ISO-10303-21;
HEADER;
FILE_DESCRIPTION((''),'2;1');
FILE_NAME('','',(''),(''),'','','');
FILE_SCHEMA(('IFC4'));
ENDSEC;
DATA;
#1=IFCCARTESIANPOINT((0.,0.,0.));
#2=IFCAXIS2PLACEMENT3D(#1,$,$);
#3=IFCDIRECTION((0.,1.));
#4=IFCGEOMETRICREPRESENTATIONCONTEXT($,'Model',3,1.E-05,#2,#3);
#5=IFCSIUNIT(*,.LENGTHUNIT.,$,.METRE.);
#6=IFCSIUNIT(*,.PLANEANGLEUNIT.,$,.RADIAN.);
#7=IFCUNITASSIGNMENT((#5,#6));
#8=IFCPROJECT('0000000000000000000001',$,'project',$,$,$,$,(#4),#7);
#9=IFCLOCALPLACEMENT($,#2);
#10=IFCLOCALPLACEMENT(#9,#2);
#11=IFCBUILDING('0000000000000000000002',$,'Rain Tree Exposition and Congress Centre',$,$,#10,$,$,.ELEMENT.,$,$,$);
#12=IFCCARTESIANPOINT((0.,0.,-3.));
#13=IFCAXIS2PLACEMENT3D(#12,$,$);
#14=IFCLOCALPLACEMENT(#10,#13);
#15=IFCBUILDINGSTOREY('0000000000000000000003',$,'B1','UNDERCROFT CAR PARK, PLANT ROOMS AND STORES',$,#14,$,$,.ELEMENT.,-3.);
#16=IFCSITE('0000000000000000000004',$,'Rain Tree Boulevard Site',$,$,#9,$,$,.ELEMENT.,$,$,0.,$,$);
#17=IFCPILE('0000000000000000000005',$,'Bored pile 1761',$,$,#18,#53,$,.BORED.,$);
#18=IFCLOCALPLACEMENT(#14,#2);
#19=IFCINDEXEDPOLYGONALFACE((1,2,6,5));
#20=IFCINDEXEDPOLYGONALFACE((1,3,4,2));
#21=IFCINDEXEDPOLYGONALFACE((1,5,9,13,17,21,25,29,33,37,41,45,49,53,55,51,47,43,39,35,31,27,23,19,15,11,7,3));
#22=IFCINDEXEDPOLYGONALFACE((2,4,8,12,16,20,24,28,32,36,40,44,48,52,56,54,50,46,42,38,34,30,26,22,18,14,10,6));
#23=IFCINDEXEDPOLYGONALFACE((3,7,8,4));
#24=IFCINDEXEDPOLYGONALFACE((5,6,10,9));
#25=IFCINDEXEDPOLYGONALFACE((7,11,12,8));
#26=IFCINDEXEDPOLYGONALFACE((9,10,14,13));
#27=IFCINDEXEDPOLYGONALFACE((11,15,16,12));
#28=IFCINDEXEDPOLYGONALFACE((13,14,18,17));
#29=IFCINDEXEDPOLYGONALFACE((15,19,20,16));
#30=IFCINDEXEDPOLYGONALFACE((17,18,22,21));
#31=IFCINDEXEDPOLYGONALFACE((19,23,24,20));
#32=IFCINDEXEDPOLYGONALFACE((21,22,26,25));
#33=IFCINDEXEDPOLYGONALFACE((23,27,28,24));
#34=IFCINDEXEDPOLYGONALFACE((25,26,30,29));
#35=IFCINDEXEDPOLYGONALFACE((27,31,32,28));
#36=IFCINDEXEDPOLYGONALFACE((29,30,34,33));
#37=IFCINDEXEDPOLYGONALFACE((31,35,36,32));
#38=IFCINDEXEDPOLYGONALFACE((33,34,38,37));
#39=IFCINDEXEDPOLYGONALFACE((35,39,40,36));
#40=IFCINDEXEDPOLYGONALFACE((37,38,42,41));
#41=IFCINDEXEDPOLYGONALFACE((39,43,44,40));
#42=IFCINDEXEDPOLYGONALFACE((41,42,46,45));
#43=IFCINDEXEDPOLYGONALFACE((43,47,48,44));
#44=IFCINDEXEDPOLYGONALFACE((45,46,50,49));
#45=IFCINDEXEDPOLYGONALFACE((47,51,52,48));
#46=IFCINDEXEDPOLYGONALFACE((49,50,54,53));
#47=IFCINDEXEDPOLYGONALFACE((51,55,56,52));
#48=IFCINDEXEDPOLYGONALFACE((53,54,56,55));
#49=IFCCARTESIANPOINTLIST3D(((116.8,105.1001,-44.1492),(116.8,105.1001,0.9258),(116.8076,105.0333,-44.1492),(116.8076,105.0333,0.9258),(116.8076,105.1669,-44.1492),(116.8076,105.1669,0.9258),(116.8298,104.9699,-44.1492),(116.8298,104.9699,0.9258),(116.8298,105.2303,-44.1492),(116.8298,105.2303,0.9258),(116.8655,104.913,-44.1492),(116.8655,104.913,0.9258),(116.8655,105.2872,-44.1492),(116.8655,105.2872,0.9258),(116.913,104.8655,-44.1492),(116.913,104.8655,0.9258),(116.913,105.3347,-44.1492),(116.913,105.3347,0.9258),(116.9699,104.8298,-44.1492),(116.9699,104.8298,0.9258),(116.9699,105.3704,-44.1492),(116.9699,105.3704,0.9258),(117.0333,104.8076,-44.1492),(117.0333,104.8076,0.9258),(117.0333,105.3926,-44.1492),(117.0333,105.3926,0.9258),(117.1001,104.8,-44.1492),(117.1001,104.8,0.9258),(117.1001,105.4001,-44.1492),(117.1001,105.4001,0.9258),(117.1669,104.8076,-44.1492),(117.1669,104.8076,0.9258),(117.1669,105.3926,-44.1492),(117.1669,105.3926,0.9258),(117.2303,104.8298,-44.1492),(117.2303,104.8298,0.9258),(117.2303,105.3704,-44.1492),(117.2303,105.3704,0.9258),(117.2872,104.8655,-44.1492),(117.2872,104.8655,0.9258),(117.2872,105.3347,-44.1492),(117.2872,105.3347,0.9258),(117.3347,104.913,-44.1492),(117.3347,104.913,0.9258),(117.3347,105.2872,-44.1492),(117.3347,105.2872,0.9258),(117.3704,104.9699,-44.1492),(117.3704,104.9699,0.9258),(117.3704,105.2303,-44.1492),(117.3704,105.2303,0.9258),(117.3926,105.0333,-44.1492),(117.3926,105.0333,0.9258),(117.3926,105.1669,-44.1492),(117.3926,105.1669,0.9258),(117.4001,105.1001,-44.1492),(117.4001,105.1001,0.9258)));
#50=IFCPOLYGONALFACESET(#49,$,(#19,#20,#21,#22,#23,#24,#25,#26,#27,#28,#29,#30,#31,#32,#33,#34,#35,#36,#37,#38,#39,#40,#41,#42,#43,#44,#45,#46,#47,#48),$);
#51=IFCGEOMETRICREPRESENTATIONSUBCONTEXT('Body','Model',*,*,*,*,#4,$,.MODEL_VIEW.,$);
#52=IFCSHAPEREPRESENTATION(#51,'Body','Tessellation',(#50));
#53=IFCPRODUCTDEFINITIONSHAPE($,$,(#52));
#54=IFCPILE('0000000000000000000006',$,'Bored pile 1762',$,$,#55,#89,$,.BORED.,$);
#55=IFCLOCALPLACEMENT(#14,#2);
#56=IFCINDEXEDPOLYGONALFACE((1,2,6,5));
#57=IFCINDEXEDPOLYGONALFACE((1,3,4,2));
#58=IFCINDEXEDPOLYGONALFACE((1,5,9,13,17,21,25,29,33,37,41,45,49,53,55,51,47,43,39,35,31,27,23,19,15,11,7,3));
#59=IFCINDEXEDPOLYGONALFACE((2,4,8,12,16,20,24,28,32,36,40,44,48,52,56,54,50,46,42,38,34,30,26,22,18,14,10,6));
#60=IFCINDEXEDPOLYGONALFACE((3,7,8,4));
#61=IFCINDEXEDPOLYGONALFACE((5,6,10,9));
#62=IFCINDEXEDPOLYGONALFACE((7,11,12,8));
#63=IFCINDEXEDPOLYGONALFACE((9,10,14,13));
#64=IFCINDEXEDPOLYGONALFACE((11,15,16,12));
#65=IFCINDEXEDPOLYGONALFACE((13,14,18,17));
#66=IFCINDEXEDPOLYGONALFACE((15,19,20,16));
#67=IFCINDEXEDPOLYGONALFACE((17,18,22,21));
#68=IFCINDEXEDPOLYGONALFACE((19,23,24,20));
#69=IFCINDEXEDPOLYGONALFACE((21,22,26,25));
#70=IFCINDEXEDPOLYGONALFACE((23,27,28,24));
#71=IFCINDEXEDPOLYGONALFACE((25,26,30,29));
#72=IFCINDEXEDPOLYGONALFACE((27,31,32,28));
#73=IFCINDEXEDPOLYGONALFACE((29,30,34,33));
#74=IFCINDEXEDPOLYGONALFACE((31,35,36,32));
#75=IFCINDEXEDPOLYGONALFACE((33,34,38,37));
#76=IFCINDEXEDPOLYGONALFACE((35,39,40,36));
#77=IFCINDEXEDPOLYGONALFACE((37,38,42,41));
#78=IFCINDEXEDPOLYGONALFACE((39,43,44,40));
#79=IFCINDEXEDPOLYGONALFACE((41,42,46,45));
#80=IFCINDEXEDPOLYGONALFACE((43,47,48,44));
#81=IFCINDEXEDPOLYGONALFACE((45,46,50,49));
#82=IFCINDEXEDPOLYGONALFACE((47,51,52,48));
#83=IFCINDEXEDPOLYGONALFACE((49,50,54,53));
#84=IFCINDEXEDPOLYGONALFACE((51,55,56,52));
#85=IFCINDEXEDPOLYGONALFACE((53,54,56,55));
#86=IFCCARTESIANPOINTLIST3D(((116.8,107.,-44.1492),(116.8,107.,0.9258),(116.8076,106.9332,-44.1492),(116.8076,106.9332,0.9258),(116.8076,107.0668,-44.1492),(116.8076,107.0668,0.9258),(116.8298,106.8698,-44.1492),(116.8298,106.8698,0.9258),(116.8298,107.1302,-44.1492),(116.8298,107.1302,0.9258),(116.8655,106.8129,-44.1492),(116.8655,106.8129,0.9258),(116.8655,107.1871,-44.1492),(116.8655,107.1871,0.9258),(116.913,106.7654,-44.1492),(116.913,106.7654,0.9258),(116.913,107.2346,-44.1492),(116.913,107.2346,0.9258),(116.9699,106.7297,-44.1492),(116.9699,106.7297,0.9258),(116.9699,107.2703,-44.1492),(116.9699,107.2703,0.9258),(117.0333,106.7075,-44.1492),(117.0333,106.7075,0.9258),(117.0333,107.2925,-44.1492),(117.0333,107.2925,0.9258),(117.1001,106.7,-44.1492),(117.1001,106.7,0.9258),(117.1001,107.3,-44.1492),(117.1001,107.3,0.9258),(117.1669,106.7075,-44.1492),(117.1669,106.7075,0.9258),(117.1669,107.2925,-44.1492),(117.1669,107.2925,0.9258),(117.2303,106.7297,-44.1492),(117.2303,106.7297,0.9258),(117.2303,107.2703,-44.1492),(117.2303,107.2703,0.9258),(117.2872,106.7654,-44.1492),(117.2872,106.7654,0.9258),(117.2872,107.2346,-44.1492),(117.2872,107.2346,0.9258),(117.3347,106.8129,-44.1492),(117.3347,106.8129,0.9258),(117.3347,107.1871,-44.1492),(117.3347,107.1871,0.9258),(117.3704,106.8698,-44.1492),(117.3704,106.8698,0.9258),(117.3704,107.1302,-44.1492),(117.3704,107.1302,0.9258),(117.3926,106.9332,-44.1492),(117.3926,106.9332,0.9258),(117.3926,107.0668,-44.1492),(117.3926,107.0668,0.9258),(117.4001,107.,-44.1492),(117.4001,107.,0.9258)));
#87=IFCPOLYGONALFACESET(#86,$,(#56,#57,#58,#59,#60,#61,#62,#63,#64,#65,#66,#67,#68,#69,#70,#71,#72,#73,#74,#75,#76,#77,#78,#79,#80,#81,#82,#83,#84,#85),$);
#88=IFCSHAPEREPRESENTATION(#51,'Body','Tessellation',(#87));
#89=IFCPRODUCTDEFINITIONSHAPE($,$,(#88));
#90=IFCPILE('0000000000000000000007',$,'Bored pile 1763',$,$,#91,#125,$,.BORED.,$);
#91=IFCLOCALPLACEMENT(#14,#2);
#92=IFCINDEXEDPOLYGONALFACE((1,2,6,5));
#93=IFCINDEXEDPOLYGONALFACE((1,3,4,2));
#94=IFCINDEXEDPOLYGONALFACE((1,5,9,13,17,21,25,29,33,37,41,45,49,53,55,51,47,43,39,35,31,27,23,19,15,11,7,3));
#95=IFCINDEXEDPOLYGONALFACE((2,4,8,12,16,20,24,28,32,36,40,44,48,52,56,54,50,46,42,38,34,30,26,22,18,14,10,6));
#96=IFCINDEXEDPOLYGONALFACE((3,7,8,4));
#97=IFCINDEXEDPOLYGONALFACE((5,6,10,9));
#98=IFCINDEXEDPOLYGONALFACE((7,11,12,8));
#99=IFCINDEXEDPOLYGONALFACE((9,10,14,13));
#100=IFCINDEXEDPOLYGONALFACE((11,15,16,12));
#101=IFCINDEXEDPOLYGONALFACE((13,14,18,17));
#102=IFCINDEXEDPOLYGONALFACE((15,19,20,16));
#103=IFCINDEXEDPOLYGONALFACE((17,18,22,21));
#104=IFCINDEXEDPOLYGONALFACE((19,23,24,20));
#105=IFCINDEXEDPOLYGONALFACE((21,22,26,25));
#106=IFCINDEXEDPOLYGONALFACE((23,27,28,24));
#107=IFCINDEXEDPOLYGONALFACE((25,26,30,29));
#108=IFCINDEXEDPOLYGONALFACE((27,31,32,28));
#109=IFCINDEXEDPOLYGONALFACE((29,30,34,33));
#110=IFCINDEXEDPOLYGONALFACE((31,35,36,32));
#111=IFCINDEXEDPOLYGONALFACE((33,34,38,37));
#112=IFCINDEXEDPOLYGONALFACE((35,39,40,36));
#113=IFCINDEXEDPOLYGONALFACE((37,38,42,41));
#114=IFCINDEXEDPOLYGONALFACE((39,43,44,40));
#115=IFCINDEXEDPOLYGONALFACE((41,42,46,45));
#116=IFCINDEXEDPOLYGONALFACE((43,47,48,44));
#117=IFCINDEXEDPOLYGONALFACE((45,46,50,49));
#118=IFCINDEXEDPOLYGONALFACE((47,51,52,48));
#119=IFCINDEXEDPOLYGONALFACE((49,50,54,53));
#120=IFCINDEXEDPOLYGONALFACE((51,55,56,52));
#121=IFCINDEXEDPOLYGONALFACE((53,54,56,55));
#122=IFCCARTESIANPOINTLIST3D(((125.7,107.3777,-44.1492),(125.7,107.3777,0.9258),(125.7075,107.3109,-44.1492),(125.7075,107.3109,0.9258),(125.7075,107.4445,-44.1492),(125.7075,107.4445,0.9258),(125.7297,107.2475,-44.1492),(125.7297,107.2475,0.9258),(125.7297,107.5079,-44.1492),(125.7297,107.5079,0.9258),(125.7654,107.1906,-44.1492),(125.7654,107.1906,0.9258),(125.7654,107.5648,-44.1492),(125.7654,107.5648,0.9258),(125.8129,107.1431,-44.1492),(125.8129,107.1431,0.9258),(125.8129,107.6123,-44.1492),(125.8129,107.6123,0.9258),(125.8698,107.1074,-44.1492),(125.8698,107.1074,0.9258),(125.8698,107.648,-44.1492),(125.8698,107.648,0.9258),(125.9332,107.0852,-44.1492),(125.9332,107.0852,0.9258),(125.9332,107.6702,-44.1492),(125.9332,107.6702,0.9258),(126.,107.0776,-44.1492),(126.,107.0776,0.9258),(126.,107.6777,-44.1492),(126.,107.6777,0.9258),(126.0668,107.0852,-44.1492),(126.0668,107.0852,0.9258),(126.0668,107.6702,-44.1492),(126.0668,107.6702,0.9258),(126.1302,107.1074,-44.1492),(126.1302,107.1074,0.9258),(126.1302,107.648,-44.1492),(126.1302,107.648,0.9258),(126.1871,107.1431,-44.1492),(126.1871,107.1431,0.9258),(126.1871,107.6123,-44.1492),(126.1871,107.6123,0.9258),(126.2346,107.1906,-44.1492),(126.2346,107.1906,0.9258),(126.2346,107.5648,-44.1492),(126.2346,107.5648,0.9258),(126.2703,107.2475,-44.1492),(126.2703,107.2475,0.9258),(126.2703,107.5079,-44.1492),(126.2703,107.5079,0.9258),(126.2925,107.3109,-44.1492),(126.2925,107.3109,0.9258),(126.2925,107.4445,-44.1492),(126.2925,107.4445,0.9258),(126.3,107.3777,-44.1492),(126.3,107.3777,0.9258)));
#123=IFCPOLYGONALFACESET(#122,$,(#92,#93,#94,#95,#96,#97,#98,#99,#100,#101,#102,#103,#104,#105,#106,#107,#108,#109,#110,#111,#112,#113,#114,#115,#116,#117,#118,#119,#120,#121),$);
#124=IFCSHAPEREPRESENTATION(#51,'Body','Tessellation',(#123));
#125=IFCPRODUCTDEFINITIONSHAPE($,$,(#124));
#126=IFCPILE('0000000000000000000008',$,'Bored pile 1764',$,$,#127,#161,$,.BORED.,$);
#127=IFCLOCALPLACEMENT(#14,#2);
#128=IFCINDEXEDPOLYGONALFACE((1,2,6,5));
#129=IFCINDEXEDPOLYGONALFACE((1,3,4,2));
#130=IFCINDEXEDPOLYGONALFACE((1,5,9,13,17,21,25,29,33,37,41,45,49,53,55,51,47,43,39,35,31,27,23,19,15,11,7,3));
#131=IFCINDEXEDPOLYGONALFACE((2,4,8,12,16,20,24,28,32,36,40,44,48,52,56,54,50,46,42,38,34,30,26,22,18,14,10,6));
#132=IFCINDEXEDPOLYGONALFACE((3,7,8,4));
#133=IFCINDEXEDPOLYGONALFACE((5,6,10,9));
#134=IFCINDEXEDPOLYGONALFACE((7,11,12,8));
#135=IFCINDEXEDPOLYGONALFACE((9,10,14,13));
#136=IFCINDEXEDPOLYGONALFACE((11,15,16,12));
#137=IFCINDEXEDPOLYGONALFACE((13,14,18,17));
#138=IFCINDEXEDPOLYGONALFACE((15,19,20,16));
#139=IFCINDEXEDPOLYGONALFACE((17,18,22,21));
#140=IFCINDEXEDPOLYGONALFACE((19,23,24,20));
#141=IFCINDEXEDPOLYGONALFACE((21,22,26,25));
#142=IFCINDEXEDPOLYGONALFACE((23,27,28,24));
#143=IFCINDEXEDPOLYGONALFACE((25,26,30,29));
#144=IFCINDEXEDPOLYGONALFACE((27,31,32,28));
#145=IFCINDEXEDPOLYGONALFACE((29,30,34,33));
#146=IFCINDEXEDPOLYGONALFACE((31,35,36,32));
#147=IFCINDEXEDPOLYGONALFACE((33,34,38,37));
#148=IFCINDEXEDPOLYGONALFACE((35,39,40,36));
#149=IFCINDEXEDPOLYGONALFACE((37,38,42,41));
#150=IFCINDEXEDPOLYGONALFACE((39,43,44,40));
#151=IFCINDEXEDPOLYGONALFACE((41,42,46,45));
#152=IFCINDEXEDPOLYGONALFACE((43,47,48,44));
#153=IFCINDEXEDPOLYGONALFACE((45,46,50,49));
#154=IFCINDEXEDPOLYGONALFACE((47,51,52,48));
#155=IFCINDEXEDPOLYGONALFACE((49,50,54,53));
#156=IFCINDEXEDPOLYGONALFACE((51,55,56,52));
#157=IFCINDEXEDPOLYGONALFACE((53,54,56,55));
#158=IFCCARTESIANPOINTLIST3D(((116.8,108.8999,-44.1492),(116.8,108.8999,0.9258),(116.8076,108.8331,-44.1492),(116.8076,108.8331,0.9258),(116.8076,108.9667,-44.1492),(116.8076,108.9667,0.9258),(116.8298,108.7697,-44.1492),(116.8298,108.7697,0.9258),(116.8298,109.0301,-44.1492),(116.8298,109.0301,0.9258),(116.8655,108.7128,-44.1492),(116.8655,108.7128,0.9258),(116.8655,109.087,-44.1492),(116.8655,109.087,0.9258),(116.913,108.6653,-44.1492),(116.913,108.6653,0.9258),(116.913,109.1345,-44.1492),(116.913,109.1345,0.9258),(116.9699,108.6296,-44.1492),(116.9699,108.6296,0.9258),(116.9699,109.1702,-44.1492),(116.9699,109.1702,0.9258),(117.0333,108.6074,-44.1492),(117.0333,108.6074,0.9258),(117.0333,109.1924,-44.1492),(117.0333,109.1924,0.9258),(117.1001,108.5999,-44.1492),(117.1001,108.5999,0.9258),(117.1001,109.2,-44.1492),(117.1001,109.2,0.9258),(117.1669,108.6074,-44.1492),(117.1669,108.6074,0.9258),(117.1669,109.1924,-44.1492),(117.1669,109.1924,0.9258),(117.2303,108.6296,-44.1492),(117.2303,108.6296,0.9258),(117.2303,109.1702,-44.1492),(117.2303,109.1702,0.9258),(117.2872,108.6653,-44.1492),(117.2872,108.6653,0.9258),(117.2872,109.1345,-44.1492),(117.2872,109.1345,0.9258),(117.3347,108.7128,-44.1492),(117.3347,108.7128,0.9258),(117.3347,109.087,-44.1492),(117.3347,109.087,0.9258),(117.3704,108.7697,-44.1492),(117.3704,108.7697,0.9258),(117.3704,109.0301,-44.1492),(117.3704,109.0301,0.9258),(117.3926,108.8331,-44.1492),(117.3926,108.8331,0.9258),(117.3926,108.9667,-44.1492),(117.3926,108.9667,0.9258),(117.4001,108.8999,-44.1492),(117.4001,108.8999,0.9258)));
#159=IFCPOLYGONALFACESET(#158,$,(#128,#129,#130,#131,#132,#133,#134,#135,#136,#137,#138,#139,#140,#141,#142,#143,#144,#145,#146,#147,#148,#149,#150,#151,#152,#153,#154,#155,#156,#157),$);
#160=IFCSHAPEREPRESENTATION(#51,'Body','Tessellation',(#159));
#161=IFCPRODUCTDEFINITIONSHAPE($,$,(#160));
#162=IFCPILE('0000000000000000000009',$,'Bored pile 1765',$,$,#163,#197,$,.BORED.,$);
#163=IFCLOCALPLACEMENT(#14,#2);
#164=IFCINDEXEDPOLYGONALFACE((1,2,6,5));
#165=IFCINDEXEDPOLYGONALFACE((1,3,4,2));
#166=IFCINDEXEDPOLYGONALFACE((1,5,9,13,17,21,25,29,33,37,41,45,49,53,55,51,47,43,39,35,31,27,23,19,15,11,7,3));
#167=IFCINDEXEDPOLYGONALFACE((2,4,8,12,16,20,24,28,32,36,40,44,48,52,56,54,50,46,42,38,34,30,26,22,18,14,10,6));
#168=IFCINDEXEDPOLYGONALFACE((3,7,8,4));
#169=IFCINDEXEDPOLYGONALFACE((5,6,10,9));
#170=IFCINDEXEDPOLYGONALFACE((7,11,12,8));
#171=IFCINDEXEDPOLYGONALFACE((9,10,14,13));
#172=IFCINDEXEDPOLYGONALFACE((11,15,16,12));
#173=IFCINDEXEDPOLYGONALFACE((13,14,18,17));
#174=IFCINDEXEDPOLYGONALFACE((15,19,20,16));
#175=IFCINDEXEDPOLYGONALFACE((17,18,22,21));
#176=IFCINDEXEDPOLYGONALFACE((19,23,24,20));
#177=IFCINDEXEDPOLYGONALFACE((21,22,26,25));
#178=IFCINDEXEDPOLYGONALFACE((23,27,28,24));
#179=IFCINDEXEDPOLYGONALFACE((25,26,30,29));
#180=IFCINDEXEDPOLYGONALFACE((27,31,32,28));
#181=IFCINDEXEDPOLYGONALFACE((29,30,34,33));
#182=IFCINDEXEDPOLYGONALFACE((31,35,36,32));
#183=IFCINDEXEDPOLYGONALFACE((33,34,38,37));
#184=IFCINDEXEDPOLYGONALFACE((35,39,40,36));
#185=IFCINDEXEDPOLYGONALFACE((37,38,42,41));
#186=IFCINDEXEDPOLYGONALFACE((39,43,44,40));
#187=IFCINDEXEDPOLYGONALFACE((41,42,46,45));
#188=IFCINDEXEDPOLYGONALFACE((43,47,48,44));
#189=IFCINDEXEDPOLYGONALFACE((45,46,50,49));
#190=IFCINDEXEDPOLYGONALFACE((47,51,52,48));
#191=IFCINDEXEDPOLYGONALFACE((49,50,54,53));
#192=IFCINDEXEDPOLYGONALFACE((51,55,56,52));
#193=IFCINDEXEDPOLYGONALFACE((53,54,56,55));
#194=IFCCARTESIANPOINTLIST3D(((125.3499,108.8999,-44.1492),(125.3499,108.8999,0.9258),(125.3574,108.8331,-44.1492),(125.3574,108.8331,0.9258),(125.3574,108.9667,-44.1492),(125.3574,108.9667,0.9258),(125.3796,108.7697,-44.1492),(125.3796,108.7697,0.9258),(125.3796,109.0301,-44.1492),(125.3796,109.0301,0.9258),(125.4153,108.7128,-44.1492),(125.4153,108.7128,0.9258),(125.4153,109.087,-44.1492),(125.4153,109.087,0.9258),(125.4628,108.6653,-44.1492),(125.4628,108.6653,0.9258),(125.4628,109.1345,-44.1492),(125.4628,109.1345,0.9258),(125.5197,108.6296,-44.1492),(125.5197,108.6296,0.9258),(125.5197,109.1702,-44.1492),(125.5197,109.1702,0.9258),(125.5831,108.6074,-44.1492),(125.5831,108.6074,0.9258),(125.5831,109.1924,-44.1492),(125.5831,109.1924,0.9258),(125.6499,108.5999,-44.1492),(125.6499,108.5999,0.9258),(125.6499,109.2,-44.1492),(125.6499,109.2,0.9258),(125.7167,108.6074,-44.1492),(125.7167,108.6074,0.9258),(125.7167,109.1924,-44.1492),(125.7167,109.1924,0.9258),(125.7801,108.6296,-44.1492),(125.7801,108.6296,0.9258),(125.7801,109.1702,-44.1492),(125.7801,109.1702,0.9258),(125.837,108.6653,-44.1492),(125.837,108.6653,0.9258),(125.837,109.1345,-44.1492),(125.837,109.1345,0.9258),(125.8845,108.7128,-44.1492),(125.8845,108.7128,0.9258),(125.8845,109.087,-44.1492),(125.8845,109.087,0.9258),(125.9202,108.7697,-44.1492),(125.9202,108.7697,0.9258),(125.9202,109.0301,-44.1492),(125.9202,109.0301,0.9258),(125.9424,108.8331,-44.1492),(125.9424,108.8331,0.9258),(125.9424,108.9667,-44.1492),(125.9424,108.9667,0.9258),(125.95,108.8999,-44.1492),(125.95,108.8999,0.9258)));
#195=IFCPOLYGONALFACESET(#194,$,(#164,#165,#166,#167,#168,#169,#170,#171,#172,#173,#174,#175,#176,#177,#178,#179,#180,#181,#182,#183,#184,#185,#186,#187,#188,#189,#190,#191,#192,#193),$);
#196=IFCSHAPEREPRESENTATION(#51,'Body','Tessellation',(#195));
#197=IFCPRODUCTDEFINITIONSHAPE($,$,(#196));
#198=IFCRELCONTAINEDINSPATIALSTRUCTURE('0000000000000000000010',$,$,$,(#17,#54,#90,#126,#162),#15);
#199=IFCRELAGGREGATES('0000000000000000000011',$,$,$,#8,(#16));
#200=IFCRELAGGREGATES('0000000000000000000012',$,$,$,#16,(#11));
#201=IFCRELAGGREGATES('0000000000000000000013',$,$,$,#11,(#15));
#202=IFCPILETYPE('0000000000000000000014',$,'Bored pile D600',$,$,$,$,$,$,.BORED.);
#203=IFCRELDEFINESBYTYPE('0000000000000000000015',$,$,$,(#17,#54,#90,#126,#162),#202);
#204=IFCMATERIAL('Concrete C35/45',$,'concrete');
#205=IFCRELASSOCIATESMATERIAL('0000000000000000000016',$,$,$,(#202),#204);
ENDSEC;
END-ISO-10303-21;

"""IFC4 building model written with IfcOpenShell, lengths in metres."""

from ifc_helpers import new_model, si_unit, direction, frame, origin, origin_2d, place, context, subcontext, project, spatial, circle, extrude, material, material_profile, profile_set, type_object, element, save


model = new_model("IFC4")

# Units and contexts
model_context = context("Model", 3, precision=1e-05, world=origin(), true_north=direction((0.0, 1.0)))
body_context = subcontext(model_context, "Body", "Model", "MODEL_VIEW")
ifc_project = project(units=[si_unit("LENGTHUNIT", "METRE"), si_unit("PLANEANGLEUNIT", "RADIAN")], contexts=[model_context])

# Site, building, storey
site_placement = place(None, origin())
site = spatial("IfcSite", under=ifc_project, at=site_placement, Name="Rain Tree Boulevard Site", CompositionType="ELEMENT", RefElevation=0.0)
building_placement = place(site_placement, origin())
building = spatial("IfcBuilding", under=site, at=building_placement, Name="Rain Tree Exposition and Congress Centre", CompositionType="ELEMENT")
storey_placement = place(building_placement, frame((0.0, 0.0, -3.0)))
storey = spatial("IfcBuildingStorey", under=building, at=storey_placement, Name="B1", Description="UNDERCROFT CAR PARK, PLANT ROOMS AND STORES", CompositionType="ELEMENT", Elevation=-3.0)

# Piles
ifc_material_1 = material(Name="Concrete C35/45", Category="concrete")
ifc_material_profile_1 = material_profile(ifc_material_1, circle(Radius=0.3, at=origin_2d()), Name="D600")
ifc_profile_set_1 = profile_set([ifc_material_profile_1], Name="Concrete C35/45")
pile_type_1 = type_object("IfcPileType", Name="Bored pile D600", PredefinedType="BORED", material=ifc_profile_set_1)
for number, where, z_axis, x_axis, name in (
    (1, (117.1001, 105.1001, 0.9258), (0.0, 0.0, -1.0), (1.0, 0.0, 0.0), "Bored pile 1761"),
    (2, (117.1001, 107.0, 0.9258), (0.0, 0.0, -1.0), (1.0, 0.0, 0.0), "Bored pile 1762"),
    (3, (126.0, 107.3777, 0.9258), (0.0, 0.0, -1.0), (1.0, 0.0, 0.0), "Bored pile 1763"),
    (4, (117.1001, 108.8999, 0.9258), (0.0, 0.0, -1.0), (1.0, 0.0, 0.0), "Bored pile 1764"),
    (5, (125.6499, 108.8999, 0.9258), (0.0, 0.0, -1.0), (1.0, 0.0, 0.0), "Bored pile 1765"),
):
    element("IfcPile", number, at=place(storey_placement, frame(where, z_axis=z_axis, x_axis=x_axis)), inside=storey, type_object=pile_type_1, Name=name, PredefinedType="BORED", context=body_context, shape_type="SweptSolid", body=[
        extrude(circle(Radius=0.3, at=origin_2d()), origin(), (0.0, 0.0, 1.0), 45.075),
    ])

save(model, "model.ifc")
